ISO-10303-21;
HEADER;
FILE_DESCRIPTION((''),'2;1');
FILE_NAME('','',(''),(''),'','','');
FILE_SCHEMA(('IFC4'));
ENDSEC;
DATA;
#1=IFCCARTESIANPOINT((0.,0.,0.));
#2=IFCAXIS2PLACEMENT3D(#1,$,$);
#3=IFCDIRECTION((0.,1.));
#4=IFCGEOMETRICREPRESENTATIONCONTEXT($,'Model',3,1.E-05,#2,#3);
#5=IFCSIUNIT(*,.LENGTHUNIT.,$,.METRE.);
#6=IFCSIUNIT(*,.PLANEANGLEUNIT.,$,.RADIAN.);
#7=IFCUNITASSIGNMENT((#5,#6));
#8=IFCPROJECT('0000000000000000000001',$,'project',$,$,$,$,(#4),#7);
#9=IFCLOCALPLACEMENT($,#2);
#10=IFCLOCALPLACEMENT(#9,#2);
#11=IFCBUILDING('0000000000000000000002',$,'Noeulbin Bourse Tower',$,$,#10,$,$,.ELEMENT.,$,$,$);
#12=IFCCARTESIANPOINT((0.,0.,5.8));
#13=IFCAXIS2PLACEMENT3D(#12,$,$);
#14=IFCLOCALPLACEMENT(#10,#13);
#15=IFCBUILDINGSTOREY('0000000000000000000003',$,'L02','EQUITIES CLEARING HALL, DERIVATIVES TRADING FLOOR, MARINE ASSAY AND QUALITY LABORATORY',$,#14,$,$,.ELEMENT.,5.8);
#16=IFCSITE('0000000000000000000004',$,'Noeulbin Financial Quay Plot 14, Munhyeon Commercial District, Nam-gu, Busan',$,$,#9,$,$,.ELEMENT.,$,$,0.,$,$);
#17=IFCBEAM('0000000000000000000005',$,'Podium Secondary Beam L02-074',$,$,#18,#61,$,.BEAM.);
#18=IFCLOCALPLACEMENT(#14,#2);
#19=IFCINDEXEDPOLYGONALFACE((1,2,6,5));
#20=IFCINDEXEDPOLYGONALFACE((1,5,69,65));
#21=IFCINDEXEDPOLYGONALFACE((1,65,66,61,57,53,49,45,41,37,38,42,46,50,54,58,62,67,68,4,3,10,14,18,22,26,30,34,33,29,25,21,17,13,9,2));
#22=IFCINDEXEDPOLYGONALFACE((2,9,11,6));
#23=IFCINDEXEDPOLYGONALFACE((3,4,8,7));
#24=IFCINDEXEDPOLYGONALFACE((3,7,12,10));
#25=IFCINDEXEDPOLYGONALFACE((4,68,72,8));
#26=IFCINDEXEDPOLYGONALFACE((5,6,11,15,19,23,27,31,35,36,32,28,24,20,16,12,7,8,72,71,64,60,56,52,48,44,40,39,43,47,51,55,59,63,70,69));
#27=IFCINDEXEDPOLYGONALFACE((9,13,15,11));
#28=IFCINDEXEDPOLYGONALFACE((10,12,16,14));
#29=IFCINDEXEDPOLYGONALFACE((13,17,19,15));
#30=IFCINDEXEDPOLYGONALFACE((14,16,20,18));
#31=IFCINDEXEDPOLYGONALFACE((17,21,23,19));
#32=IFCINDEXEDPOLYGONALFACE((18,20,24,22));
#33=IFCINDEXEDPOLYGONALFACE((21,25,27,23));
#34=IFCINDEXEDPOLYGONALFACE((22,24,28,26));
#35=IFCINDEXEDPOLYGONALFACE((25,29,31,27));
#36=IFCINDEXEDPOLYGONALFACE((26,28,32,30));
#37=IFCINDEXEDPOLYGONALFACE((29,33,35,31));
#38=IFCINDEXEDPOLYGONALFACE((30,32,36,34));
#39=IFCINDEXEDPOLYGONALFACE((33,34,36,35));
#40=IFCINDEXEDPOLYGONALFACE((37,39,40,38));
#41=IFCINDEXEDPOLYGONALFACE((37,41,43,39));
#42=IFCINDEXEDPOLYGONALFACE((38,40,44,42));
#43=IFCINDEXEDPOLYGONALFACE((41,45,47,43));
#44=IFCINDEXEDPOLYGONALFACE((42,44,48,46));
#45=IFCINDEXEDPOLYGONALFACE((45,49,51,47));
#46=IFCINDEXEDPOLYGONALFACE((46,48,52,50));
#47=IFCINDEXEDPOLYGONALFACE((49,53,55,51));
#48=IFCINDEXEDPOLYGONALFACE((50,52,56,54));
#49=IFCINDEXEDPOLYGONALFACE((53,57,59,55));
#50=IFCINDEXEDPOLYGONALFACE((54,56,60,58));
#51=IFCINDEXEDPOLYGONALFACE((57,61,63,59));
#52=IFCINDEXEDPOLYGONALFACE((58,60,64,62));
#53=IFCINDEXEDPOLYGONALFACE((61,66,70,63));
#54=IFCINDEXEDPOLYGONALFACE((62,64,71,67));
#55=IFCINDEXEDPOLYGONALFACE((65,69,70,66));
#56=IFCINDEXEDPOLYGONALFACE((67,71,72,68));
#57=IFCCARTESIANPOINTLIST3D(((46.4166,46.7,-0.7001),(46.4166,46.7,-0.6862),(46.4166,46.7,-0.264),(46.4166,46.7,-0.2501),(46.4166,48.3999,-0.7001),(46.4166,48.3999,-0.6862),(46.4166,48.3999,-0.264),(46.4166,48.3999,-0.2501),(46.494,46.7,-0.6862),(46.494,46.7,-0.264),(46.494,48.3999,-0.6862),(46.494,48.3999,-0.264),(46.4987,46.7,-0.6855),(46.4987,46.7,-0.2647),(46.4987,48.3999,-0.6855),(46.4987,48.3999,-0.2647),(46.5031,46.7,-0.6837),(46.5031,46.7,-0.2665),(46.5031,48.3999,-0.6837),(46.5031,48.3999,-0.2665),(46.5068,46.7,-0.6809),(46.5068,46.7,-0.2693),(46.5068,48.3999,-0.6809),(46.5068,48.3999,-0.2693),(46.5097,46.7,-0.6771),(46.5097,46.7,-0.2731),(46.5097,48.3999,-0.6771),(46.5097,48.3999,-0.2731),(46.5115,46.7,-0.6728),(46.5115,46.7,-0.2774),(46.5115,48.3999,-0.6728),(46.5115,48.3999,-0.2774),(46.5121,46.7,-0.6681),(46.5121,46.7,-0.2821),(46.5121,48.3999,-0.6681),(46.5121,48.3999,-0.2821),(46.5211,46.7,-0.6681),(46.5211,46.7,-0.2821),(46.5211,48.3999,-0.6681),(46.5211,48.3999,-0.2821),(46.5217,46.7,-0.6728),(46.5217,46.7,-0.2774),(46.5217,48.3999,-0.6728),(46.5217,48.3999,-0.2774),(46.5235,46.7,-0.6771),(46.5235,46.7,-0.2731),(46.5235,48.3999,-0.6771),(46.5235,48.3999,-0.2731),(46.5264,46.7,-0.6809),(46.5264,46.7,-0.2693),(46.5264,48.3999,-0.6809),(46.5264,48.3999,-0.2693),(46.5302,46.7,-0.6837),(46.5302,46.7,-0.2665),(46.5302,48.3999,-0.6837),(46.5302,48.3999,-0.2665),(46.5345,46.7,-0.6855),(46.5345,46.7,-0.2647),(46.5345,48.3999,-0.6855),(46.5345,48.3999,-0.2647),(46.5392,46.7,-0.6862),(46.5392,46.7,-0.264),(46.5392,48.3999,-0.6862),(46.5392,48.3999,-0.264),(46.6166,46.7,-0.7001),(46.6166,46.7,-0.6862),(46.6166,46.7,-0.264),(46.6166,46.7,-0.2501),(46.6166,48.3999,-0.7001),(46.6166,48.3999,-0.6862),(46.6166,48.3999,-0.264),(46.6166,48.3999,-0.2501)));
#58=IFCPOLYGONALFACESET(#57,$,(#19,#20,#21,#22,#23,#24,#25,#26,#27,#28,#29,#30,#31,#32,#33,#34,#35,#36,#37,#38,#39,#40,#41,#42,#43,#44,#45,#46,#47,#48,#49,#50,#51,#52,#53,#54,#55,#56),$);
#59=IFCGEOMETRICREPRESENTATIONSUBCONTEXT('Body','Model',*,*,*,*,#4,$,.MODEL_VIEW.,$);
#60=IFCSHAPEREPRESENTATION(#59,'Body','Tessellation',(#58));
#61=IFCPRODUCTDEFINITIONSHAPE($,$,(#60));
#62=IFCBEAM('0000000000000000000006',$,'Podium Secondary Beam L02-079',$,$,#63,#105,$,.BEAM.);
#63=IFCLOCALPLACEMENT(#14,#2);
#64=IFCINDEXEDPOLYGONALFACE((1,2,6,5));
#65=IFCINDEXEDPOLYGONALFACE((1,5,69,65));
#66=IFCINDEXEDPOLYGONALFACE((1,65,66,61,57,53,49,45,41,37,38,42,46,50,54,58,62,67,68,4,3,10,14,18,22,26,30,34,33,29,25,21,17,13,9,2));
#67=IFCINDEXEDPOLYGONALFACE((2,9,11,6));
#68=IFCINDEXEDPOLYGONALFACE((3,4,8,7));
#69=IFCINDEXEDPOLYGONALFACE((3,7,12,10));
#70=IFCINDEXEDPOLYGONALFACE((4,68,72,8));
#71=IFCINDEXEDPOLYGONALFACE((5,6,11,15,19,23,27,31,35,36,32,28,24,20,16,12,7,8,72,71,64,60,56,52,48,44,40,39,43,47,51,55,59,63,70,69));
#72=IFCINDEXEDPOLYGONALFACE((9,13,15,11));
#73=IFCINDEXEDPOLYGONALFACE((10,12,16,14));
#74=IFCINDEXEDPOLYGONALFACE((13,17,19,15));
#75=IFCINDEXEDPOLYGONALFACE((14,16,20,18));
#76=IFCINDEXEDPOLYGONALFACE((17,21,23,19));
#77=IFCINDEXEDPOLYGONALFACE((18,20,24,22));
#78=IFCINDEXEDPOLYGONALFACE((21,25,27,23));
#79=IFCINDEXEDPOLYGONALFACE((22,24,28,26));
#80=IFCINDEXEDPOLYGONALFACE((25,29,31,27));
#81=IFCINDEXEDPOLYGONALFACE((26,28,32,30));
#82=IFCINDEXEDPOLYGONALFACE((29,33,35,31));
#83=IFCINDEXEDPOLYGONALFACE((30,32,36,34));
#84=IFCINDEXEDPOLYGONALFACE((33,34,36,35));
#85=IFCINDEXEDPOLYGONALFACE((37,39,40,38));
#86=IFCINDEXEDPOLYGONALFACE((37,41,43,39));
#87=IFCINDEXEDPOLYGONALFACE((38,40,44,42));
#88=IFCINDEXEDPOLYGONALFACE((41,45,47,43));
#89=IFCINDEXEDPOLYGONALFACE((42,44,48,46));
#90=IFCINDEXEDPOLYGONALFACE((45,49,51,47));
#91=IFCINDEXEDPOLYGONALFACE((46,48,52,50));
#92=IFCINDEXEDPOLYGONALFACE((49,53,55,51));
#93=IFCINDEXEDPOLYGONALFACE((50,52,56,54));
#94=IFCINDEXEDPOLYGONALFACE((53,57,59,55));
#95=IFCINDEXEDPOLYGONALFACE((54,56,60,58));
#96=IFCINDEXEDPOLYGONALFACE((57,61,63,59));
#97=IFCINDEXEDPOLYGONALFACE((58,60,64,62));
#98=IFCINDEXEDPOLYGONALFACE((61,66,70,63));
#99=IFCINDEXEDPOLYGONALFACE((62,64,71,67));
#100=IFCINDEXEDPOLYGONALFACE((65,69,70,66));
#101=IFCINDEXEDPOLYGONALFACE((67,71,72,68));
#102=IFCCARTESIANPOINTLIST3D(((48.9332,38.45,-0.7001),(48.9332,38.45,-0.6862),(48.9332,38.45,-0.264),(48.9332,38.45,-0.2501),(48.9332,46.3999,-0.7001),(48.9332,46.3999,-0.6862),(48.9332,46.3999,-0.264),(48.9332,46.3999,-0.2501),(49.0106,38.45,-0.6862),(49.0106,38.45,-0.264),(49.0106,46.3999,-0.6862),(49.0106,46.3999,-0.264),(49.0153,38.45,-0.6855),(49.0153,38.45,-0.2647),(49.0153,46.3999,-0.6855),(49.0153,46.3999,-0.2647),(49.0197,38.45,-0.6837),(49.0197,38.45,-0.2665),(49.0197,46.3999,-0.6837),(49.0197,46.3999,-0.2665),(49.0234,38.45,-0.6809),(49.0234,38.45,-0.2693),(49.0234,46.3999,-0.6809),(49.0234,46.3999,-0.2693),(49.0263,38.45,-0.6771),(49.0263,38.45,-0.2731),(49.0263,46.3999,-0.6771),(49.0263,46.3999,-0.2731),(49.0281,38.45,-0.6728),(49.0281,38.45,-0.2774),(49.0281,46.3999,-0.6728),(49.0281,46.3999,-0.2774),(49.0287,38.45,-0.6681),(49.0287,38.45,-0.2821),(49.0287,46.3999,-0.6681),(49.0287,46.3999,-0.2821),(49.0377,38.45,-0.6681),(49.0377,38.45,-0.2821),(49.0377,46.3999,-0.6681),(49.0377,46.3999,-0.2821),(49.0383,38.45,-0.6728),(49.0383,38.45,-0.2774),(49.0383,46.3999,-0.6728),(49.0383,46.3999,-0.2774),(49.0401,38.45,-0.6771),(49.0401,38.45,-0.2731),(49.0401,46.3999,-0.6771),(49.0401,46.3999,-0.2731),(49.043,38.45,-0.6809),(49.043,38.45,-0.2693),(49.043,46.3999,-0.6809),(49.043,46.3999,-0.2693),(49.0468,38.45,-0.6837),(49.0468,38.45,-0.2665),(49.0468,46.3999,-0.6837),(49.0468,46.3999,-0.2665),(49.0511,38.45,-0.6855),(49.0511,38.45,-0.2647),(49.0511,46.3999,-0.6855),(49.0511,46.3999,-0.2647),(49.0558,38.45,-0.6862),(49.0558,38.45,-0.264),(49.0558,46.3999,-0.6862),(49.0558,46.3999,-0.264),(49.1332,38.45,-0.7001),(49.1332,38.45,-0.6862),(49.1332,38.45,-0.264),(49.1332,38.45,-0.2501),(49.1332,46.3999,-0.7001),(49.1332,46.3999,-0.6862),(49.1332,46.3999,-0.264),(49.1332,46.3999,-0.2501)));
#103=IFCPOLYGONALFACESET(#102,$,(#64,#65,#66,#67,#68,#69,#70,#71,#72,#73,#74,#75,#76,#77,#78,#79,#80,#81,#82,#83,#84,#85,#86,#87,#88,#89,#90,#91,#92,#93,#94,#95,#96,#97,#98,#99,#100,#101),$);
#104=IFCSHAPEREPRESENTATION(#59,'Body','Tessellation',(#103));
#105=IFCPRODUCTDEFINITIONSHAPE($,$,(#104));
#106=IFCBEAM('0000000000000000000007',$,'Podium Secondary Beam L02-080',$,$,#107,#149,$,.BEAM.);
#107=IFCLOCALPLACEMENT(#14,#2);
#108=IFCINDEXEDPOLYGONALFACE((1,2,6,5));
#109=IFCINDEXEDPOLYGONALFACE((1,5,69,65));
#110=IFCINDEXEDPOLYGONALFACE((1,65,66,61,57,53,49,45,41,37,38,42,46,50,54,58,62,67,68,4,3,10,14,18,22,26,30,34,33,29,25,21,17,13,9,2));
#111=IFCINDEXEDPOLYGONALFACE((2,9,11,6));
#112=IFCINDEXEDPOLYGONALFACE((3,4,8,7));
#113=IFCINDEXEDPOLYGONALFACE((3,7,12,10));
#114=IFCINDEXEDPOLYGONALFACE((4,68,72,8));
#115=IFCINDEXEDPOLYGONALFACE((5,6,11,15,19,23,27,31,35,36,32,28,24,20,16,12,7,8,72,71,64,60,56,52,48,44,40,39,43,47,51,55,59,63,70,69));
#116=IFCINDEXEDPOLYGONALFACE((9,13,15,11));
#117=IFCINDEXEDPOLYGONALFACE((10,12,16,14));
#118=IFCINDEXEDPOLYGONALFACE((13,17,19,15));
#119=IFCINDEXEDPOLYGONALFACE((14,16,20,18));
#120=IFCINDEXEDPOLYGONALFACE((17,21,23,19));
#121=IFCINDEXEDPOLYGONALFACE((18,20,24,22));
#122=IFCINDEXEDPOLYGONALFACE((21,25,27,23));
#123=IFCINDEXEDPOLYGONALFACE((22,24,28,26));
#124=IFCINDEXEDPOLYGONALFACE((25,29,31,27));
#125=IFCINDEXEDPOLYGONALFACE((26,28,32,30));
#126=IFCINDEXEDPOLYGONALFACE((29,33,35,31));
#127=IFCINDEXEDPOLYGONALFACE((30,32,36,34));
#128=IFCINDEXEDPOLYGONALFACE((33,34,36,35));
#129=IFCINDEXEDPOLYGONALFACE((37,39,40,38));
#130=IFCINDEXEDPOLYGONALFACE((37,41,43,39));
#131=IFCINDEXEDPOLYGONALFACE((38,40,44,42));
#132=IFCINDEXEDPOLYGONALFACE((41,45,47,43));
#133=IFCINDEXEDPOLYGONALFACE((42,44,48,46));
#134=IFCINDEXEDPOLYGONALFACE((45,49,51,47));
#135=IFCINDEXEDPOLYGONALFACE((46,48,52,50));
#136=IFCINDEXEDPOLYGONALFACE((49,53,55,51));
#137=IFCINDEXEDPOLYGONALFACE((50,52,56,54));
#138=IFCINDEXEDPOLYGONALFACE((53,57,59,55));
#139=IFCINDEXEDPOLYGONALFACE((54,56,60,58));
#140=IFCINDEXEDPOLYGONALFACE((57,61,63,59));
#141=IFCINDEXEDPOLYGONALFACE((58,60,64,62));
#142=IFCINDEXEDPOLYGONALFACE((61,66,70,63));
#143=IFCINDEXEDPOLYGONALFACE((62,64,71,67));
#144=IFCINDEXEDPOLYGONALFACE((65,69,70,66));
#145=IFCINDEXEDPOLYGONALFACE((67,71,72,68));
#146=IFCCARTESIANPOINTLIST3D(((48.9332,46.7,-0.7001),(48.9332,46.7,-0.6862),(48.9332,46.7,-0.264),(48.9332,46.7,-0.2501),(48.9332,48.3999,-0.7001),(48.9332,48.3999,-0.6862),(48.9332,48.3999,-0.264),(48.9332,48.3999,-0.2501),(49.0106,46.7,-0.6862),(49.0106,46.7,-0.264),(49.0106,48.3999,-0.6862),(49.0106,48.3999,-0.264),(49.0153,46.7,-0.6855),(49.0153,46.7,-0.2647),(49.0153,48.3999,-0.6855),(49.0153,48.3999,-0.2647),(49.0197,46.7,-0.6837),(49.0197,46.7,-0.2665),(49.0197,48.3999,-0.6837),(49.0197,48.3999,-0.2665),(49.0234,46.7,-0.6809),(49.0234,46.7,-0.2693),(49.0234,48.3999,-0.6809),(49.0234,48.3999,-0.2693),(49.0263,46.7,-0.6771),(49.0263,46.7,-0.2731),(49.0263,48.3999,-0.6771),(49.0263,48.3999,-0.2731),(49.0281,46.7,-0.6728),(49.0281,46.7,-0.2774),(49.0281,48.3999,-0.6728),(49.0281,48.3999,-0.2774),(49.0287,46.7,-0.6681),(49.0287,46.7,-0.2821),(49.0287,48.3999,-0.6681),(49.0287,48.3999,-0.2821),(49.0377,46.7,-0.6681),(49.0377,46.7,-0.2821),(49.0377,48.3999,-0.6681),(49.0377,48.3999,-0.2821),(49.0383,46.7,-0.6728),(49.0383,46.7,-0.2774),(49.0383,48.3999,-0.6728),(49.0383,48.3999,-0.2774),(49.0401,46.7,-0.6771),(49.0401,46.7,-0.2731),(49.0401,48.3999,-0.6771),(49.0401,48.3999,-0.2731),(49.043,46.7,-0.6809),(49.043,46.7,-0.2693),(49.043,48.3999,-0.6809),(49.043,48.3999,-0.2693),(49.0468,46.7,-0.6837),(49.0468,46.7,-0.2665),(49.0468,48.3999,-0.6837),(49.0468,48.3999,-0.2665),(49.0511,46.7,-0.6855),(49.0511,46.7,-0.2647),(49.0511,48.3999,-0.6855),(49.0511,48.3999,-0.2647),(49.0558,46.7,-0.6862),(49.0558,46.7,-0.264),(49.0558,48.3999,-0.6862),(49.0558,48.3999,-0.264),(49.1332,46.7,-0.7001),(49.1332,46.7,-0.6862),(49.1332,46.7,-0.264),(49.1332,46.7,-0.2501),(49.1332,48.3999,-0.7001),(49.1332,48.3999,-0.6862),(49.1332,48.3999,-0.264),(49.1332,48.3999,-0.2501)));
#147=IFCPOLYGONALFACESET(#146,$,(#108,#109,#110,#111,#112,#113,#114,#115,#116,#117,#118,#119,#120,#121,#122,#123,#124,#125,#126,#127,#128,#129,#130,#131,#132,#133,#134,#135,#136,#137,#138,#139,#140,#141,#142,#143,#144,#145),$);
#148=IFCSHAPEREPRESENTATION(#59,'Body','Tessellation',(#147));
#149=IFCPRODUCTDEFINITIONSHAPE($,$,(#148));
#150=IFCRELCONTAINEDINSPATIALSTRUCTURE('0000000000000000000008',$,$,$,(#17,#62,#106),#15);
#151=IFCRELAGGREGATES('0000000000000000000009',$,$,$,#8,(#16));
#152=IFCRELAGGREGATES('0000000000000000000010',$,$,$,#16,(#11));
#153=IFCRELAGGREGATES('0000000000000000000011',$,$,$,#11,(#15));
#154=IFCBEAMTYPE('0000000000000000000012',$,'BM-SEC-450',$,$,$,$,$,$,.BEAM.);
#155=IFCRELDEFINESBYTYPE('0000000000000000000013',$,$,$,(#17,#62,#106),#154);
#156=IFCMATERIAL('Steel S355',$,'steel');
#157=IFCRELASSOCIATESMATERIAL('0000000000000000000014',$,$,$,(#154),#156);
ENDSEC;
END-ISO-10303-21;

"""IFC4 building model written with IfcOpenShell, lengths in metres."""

from ifc_helpers import new_model, si_unit, direction, frame, origin, origin_2d, place, context, subcontext, project, spatial, i_section, extrude, material, material_profile, profile_set, type_object, element, save


model = new_model("IFC4")

# Units and contexts
model_context = context("Model", 3, precision=1e-05, world=origin(), true_north=direction((0.0, 1.0)))
body_context = subcontext(model_context, "Body", "Model", "MODEL_VIEW")
ifc_project = project(units=[si_unit("LENGTHUNIT", "METRE"), si_unit("PLANEANGLEUNIT", "RADIAN")], contexts=[model_context])

# Site, building, storey
site_placement = place(None, origin())
site = spatial("IfcSite", under=ifc_project, at=site_placement, Name="Noeulbin Financial Quay Plot 14, Munhyeon Commercial District, Nam-gu, Busan", CompositionType="ELEMENT", RefElevation=0.0)
building_placement = place(site_placement, origin())
building = spatial("IfcBuilding", under=site, at=building_placement, Name="Noeulbin Bourse Tower", CompositionType="ELEMENT")
storey_placement = place(building_placement, frame((0.0, 0.0, 5.8)))
storey = spatial("IfcBuildingStorey", under=building, at=storey_placement, Name="L02", Description="EQUITIES CLEARING HALL, DERIVATIVES TRADING FLOOR, MARINE ASSAY AND QUALITY LABORATORY", CompositionType="ELEMENT", Elevation=5.8)

# Beams
ifc_material_1 = material(Name="Steel S355", Category="steel")
ifc_material_profile_1 = material_profile(ifc_material_1, i_section(OverallWidth=0.2, OverallDepth=0.45, WebThickness=0.009, FlangeThickness=0.0139, FilletRadius=0.0181, at=origin_2d()), Name="H-450x200x9x14", Category="LoadBearing")
ifc_profile_set_1 = profile_set([ifc_material_profile_1], Name="Steel S355")
beam_type_1 = type_object("IfcBeamType", Name="BM-SEC-450", PredefinedType="BEAM", material=ifc_profile_set_1)
beam_1_placement = place(storey_placement, frame((46.5166, 46.7, -0.4751), z_axis=(0.0, 1.0, 0.0), x_axis=(-1.0, 0.0, 0.0)))
element("IfcBeam", 1, at=beam_1_placement, inside=storey, type_object=beam_type_1, Name="Podium Secondary Beam L02-074", PredefinedType="BEAM", context=body_context, shape_type="SweptSolid", body=[
    extrude(i_section(OverallWidth=0.2, OverallDepth=0.45, WebThickness=0.009, FlangeThickness=0.0139, FilletRadius=0.0181, at=origin_2d()), origin(), (0.0, 0.0, 1.0), 1.7),
])
beam_2_placement = place(storey_placement, frame((49.0332, 38.45, -0.4751), z_axis=(0.0, 1.0, 0.0), x_axis=(-1.0, 0.0, 0.0)))
element("IfcBeam", 2, at=beam_2_placement, inside=storey, type_object=beam_type_1, Name="Podium Secondary Beam L02-079", PredefinedType="BEAM", context=body_context, shape_type="SweptSolid", body=[
    extrude(i_section(OverallWidth=0.2, OverallDepth=0.45, WebThickness=0.009, FlangeThickness=0.0139, FilletRadius=0.0181, at=origin_2d()), origin(), (0.0, 0.0, 1.0), 7.95),
])
beam_3_placement = place(storey_placement, frame((49.0332, 46.7, -0.4751), z_axis=(0.0, 1.0, 0.0), x_axis=(-1.0, 0.0, 0.0)))
element("IfcBeam", 3, at=beam_3_placement, inside=storey, type_object=beam_type_1, Name="Podium Secondary Beam L02-080", PredefinedType="BEAM", context=body_context, shape_type="SweptSolid", body=[
    extrude(i_section(OverallWidth=0.2, OverallDepth=0.45, WebThickness=0.009, FlangeThickness=0.0139, FilletRadius=0.0181, at=origin_2d()), origin(), (0.0, 0.0, 1.0), 1.7),
])

save(model, "model.ifc")
